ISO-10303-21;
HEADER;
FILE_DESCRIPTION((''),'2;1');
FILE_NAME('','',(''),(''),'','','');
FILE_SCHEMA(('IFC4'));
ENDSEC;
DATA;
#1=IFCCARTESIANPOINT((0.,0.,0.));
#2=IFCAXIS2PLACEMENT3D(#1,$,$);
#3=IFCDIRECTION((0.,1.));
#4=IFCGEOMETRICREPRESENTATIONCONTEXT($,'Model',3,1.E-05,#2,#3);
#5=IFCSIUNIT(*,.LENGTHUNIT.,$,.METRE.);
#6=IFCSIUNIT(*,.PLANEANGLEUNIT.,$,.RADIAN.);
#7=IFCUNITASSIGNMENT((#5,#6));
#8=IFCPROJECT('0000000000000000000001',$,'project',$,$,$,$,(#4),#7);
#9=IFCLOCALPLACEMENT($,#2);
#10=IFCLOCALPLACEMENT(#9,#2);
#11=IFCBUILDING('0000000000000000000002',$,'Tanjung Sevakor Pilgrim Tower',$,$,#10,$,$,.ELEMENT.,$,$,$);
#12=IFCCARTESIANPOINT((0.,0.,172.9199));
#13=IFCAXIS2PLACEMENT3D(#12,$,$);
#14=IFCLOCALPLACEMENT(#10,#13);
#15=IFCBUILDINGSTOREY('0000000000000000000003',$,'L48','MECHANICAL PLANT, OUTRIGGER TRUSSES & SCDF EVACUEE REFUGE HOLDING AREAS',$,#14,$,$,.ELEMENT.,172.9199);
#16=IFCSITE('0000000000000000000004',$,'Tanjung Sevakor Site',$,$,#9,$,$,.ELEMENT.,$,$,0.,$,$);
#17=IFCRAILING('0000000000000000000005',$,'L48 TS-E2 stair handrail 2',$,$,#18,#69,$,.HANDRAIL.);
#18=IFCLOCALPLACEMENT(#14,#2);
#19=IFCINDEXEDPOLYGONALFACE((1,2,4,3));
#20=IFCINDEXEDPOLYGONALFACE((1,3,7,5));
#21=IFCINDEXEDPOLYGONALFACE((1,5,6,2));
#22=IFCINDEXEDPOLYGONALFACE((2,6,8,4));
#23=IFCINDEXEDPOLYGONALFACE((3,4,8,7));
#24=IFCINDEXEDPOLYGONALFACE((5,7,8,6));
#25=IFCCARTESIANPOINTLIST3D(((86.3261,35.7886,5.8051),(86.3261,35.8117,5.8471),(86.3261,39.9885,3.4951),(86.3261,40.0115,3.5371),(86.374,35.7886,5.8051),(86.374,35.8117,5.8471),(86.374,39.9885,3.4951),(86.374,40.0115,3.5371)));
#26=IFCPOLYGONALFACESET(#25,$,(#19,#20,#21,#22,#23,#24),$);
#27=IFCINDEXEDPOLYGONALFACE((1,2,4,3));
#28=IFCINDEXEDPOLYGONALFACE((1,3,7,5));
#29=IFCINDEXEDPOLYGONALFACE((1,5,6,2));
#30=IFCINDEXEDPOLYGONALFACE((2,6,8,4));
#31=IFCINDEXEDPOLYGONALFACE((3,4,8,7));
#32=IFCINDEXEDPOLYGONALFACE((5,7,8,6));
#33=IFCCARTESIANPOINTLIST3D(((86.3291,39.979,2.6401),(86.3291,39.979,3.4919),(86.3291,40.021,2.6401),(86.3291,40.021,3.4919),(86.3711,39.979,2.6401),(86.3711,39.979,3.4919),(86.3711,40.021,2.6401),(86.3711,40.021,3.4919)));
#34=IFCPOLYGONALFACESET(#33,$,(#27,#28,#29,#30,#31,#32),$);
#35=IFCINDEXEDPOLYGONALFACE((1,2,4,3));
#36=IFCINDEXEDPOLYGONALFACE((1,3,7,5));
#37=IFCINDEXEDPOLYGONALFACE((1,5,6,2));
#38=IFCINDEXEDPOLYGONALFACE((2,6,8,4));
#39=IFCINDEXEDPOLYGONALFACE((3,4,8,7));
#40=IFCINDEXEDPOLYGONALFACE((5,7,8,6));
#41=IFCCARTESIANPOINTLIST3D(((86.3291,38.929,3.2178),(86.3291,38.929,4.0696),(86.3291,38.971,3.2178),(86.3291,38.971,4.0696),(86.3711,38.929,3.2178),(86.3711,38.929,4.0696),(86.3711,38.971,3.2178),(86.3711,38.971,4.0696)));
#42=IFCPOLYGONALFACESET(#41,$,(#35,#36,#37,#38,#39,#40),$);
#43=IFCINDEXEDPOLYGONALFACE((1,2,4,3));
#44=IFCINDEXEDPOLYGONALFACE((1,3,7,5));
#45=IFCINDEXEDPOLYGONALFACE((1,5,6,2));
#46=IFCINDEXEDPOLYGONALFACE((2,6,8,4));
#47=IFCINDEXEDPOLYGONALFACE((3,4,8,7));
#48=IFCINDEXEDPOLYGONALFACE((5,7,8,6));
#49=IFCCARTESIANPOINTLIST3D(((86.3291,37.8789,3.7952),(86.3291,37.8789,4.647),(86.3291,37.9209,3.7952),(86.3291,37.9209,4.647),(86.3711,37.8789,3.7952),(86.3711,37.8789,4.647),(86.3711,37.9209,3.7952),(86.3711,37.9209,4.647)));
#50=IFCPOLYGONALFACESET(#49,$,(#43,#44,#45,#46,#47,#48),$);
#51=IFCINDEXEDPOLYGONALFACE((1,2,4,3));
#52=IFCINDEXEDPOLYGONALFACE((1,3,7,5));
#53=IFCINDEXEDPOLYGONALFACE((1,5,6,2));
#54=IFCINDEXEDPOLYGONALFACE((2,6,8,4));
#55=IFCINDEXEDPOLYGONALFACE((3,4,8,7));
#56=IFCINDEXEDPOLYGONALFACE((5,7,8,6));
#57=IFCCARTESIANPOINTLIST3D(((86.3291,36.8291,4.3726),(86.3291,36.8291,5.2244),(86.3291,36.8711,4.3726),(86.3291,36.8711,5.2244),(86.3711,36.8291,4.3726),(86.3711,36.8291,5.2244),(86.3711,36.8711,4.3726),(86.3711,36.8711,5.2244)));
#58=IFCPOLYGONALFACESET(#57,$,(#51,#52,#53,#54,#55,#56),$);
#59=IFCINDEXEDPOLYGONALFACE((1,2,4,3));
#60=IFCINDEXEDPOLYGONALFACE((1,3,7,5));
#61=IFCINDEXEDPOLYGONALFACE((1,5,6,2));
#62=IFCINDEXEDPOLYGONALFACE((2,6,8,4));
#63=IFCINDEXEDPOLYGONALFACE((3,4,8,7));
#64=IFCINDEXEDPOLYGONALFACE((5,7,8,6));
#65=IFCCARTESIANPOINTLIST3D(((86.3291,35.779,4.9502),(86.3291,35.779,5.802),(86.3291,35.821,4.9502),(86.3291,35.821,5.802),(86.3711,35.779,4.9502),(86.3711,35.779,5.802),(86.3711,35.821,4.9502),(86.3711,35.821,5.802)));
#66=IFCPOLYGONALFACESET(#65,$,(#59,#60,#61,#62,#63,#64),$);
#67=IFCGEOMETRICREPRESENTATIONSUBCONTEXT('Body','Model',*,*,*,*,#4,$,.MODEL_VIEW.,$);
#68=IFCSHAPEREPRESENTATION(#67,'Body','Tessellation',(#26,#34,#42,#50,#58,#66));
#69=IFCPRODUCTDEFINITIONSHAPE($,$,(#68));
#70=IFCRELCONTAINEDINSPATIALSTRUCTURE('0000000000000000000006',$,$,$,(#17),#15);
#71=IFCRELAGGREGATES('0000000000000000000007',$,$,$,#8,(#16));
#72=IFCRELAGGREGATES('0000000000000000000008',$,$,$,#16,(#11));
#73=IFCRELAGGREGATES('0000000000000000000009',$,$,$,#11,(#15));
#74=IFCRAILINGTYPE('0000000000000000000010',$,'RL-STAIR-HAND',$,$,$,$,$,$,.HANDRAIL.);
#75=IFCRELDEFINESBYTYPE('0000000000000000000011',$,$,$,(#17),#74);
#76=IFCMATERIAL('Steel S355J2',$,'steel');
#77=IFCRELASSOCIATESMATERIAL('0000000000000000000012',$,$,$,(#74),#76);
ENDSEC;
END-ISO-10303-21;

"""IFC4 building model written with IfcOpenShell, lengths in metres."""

from ifc_helpers import new_model, si_unit, direction, frame, origin, place, context, subcontext, project, spatial, rectangle, extrude, material, type_object, element, save


model = new_model("IFC4")

# Units and contexts
model_context = context("Model", 3, precision=1e-05, world=origin(), true_north=direction((0.0, 1.0)))
body_context = subcontext(model_context, "Body", "Model", "MODEL_VIEW")
ifc_project = project(units=[si_unit("LENGTHUNIT", "METRE"), si_unit("PLANEANGLEUNIT", "RADIAN")], contexts=[model_context])

# Site, building, storey
site_placement = place(None, origin())
site = spatial("IfcSite", under=ifc_project, at=site_placement, Name="Tanjung Sevakor Site", CompositionType="ELEMENT", RefElevation=0.0)
building_placement = place(site_placement, origin())
building = spatial("IfcBuilding", under=site, at=building_placement, Name="Tanjung Sevakor Pilgrim Tower", CompositionType="ELEMENT")
storey_placement = place(building_placement, frame((0.0, 0.0, 172.9199)))
storey = spatial("IfcBuildingStorey", under=building, at=storey_placement, Name="L48", Description="MECHANICAL PLANT, OUTRIGGER TRUSSES & SCDF EVACUEE REFUGE HOLDING AREAS", CompositionType="ELEMENT", Elevation=172.9199)

# Railing
ifc_material_1 = material(Name="Steel S355J2", Category="steel")
railing_type_1 = type_object("IfcRailingType", Name="RL-STAIR-HAND", PredefinedType="HANDRAIL", material=ifc_material_1)
railing_1_placement = place(storey_placement, frame((86.3501, 40.0, 2.6401)))
element("IfcRailing", 1, at=railing_1_placement, inside=storey, type_object=railing_type_1, Name="L48 TS-E2 stair handrail 2", PredefinedType="HANDRAIL", context=body_context, shape_type="SweptSolid", body=[
    extrude(rectangle(XDim=0.0479, YDim=0.0479), frame((0.0, 0.0, 0.876), z_axis=(0.0, -0.876208, 0.481932), x_axis=(1.0, 0.0, 0.0)), (0.0, 0.0, 1.0), 4.7932),
    extrude(rectangle(XDim=0.042, YDim=0.042), origin(), (0.0, 0.0, 1.0), 0.8518),
    extrude(rectangle(XDim=0.042, YDim=0.042), frame((0.0, -1.05, 0.5776)), (0.0, 0.0, 1.0), 0.8518),
    extrude(rectangle(XDim=0.042, YDim=0.042), frame((0.0, -2.1001, 1.155)), (0.0, 0.0, 1.0), 0.8518),
    extrude(rectangle(XDim=0.042, YDim=0.042), frame((0.0, -3.1499, 1.7324)), (0.0, 0.0, 1.0), 0.8518),
    extrude(rectangle(XDim=0.042, YDim=0.042), frame((0.0, -4.2, 2.3101)), (0.0, 0.0, 1.0), 0.8518),
])

save(model, "model.ifc")
